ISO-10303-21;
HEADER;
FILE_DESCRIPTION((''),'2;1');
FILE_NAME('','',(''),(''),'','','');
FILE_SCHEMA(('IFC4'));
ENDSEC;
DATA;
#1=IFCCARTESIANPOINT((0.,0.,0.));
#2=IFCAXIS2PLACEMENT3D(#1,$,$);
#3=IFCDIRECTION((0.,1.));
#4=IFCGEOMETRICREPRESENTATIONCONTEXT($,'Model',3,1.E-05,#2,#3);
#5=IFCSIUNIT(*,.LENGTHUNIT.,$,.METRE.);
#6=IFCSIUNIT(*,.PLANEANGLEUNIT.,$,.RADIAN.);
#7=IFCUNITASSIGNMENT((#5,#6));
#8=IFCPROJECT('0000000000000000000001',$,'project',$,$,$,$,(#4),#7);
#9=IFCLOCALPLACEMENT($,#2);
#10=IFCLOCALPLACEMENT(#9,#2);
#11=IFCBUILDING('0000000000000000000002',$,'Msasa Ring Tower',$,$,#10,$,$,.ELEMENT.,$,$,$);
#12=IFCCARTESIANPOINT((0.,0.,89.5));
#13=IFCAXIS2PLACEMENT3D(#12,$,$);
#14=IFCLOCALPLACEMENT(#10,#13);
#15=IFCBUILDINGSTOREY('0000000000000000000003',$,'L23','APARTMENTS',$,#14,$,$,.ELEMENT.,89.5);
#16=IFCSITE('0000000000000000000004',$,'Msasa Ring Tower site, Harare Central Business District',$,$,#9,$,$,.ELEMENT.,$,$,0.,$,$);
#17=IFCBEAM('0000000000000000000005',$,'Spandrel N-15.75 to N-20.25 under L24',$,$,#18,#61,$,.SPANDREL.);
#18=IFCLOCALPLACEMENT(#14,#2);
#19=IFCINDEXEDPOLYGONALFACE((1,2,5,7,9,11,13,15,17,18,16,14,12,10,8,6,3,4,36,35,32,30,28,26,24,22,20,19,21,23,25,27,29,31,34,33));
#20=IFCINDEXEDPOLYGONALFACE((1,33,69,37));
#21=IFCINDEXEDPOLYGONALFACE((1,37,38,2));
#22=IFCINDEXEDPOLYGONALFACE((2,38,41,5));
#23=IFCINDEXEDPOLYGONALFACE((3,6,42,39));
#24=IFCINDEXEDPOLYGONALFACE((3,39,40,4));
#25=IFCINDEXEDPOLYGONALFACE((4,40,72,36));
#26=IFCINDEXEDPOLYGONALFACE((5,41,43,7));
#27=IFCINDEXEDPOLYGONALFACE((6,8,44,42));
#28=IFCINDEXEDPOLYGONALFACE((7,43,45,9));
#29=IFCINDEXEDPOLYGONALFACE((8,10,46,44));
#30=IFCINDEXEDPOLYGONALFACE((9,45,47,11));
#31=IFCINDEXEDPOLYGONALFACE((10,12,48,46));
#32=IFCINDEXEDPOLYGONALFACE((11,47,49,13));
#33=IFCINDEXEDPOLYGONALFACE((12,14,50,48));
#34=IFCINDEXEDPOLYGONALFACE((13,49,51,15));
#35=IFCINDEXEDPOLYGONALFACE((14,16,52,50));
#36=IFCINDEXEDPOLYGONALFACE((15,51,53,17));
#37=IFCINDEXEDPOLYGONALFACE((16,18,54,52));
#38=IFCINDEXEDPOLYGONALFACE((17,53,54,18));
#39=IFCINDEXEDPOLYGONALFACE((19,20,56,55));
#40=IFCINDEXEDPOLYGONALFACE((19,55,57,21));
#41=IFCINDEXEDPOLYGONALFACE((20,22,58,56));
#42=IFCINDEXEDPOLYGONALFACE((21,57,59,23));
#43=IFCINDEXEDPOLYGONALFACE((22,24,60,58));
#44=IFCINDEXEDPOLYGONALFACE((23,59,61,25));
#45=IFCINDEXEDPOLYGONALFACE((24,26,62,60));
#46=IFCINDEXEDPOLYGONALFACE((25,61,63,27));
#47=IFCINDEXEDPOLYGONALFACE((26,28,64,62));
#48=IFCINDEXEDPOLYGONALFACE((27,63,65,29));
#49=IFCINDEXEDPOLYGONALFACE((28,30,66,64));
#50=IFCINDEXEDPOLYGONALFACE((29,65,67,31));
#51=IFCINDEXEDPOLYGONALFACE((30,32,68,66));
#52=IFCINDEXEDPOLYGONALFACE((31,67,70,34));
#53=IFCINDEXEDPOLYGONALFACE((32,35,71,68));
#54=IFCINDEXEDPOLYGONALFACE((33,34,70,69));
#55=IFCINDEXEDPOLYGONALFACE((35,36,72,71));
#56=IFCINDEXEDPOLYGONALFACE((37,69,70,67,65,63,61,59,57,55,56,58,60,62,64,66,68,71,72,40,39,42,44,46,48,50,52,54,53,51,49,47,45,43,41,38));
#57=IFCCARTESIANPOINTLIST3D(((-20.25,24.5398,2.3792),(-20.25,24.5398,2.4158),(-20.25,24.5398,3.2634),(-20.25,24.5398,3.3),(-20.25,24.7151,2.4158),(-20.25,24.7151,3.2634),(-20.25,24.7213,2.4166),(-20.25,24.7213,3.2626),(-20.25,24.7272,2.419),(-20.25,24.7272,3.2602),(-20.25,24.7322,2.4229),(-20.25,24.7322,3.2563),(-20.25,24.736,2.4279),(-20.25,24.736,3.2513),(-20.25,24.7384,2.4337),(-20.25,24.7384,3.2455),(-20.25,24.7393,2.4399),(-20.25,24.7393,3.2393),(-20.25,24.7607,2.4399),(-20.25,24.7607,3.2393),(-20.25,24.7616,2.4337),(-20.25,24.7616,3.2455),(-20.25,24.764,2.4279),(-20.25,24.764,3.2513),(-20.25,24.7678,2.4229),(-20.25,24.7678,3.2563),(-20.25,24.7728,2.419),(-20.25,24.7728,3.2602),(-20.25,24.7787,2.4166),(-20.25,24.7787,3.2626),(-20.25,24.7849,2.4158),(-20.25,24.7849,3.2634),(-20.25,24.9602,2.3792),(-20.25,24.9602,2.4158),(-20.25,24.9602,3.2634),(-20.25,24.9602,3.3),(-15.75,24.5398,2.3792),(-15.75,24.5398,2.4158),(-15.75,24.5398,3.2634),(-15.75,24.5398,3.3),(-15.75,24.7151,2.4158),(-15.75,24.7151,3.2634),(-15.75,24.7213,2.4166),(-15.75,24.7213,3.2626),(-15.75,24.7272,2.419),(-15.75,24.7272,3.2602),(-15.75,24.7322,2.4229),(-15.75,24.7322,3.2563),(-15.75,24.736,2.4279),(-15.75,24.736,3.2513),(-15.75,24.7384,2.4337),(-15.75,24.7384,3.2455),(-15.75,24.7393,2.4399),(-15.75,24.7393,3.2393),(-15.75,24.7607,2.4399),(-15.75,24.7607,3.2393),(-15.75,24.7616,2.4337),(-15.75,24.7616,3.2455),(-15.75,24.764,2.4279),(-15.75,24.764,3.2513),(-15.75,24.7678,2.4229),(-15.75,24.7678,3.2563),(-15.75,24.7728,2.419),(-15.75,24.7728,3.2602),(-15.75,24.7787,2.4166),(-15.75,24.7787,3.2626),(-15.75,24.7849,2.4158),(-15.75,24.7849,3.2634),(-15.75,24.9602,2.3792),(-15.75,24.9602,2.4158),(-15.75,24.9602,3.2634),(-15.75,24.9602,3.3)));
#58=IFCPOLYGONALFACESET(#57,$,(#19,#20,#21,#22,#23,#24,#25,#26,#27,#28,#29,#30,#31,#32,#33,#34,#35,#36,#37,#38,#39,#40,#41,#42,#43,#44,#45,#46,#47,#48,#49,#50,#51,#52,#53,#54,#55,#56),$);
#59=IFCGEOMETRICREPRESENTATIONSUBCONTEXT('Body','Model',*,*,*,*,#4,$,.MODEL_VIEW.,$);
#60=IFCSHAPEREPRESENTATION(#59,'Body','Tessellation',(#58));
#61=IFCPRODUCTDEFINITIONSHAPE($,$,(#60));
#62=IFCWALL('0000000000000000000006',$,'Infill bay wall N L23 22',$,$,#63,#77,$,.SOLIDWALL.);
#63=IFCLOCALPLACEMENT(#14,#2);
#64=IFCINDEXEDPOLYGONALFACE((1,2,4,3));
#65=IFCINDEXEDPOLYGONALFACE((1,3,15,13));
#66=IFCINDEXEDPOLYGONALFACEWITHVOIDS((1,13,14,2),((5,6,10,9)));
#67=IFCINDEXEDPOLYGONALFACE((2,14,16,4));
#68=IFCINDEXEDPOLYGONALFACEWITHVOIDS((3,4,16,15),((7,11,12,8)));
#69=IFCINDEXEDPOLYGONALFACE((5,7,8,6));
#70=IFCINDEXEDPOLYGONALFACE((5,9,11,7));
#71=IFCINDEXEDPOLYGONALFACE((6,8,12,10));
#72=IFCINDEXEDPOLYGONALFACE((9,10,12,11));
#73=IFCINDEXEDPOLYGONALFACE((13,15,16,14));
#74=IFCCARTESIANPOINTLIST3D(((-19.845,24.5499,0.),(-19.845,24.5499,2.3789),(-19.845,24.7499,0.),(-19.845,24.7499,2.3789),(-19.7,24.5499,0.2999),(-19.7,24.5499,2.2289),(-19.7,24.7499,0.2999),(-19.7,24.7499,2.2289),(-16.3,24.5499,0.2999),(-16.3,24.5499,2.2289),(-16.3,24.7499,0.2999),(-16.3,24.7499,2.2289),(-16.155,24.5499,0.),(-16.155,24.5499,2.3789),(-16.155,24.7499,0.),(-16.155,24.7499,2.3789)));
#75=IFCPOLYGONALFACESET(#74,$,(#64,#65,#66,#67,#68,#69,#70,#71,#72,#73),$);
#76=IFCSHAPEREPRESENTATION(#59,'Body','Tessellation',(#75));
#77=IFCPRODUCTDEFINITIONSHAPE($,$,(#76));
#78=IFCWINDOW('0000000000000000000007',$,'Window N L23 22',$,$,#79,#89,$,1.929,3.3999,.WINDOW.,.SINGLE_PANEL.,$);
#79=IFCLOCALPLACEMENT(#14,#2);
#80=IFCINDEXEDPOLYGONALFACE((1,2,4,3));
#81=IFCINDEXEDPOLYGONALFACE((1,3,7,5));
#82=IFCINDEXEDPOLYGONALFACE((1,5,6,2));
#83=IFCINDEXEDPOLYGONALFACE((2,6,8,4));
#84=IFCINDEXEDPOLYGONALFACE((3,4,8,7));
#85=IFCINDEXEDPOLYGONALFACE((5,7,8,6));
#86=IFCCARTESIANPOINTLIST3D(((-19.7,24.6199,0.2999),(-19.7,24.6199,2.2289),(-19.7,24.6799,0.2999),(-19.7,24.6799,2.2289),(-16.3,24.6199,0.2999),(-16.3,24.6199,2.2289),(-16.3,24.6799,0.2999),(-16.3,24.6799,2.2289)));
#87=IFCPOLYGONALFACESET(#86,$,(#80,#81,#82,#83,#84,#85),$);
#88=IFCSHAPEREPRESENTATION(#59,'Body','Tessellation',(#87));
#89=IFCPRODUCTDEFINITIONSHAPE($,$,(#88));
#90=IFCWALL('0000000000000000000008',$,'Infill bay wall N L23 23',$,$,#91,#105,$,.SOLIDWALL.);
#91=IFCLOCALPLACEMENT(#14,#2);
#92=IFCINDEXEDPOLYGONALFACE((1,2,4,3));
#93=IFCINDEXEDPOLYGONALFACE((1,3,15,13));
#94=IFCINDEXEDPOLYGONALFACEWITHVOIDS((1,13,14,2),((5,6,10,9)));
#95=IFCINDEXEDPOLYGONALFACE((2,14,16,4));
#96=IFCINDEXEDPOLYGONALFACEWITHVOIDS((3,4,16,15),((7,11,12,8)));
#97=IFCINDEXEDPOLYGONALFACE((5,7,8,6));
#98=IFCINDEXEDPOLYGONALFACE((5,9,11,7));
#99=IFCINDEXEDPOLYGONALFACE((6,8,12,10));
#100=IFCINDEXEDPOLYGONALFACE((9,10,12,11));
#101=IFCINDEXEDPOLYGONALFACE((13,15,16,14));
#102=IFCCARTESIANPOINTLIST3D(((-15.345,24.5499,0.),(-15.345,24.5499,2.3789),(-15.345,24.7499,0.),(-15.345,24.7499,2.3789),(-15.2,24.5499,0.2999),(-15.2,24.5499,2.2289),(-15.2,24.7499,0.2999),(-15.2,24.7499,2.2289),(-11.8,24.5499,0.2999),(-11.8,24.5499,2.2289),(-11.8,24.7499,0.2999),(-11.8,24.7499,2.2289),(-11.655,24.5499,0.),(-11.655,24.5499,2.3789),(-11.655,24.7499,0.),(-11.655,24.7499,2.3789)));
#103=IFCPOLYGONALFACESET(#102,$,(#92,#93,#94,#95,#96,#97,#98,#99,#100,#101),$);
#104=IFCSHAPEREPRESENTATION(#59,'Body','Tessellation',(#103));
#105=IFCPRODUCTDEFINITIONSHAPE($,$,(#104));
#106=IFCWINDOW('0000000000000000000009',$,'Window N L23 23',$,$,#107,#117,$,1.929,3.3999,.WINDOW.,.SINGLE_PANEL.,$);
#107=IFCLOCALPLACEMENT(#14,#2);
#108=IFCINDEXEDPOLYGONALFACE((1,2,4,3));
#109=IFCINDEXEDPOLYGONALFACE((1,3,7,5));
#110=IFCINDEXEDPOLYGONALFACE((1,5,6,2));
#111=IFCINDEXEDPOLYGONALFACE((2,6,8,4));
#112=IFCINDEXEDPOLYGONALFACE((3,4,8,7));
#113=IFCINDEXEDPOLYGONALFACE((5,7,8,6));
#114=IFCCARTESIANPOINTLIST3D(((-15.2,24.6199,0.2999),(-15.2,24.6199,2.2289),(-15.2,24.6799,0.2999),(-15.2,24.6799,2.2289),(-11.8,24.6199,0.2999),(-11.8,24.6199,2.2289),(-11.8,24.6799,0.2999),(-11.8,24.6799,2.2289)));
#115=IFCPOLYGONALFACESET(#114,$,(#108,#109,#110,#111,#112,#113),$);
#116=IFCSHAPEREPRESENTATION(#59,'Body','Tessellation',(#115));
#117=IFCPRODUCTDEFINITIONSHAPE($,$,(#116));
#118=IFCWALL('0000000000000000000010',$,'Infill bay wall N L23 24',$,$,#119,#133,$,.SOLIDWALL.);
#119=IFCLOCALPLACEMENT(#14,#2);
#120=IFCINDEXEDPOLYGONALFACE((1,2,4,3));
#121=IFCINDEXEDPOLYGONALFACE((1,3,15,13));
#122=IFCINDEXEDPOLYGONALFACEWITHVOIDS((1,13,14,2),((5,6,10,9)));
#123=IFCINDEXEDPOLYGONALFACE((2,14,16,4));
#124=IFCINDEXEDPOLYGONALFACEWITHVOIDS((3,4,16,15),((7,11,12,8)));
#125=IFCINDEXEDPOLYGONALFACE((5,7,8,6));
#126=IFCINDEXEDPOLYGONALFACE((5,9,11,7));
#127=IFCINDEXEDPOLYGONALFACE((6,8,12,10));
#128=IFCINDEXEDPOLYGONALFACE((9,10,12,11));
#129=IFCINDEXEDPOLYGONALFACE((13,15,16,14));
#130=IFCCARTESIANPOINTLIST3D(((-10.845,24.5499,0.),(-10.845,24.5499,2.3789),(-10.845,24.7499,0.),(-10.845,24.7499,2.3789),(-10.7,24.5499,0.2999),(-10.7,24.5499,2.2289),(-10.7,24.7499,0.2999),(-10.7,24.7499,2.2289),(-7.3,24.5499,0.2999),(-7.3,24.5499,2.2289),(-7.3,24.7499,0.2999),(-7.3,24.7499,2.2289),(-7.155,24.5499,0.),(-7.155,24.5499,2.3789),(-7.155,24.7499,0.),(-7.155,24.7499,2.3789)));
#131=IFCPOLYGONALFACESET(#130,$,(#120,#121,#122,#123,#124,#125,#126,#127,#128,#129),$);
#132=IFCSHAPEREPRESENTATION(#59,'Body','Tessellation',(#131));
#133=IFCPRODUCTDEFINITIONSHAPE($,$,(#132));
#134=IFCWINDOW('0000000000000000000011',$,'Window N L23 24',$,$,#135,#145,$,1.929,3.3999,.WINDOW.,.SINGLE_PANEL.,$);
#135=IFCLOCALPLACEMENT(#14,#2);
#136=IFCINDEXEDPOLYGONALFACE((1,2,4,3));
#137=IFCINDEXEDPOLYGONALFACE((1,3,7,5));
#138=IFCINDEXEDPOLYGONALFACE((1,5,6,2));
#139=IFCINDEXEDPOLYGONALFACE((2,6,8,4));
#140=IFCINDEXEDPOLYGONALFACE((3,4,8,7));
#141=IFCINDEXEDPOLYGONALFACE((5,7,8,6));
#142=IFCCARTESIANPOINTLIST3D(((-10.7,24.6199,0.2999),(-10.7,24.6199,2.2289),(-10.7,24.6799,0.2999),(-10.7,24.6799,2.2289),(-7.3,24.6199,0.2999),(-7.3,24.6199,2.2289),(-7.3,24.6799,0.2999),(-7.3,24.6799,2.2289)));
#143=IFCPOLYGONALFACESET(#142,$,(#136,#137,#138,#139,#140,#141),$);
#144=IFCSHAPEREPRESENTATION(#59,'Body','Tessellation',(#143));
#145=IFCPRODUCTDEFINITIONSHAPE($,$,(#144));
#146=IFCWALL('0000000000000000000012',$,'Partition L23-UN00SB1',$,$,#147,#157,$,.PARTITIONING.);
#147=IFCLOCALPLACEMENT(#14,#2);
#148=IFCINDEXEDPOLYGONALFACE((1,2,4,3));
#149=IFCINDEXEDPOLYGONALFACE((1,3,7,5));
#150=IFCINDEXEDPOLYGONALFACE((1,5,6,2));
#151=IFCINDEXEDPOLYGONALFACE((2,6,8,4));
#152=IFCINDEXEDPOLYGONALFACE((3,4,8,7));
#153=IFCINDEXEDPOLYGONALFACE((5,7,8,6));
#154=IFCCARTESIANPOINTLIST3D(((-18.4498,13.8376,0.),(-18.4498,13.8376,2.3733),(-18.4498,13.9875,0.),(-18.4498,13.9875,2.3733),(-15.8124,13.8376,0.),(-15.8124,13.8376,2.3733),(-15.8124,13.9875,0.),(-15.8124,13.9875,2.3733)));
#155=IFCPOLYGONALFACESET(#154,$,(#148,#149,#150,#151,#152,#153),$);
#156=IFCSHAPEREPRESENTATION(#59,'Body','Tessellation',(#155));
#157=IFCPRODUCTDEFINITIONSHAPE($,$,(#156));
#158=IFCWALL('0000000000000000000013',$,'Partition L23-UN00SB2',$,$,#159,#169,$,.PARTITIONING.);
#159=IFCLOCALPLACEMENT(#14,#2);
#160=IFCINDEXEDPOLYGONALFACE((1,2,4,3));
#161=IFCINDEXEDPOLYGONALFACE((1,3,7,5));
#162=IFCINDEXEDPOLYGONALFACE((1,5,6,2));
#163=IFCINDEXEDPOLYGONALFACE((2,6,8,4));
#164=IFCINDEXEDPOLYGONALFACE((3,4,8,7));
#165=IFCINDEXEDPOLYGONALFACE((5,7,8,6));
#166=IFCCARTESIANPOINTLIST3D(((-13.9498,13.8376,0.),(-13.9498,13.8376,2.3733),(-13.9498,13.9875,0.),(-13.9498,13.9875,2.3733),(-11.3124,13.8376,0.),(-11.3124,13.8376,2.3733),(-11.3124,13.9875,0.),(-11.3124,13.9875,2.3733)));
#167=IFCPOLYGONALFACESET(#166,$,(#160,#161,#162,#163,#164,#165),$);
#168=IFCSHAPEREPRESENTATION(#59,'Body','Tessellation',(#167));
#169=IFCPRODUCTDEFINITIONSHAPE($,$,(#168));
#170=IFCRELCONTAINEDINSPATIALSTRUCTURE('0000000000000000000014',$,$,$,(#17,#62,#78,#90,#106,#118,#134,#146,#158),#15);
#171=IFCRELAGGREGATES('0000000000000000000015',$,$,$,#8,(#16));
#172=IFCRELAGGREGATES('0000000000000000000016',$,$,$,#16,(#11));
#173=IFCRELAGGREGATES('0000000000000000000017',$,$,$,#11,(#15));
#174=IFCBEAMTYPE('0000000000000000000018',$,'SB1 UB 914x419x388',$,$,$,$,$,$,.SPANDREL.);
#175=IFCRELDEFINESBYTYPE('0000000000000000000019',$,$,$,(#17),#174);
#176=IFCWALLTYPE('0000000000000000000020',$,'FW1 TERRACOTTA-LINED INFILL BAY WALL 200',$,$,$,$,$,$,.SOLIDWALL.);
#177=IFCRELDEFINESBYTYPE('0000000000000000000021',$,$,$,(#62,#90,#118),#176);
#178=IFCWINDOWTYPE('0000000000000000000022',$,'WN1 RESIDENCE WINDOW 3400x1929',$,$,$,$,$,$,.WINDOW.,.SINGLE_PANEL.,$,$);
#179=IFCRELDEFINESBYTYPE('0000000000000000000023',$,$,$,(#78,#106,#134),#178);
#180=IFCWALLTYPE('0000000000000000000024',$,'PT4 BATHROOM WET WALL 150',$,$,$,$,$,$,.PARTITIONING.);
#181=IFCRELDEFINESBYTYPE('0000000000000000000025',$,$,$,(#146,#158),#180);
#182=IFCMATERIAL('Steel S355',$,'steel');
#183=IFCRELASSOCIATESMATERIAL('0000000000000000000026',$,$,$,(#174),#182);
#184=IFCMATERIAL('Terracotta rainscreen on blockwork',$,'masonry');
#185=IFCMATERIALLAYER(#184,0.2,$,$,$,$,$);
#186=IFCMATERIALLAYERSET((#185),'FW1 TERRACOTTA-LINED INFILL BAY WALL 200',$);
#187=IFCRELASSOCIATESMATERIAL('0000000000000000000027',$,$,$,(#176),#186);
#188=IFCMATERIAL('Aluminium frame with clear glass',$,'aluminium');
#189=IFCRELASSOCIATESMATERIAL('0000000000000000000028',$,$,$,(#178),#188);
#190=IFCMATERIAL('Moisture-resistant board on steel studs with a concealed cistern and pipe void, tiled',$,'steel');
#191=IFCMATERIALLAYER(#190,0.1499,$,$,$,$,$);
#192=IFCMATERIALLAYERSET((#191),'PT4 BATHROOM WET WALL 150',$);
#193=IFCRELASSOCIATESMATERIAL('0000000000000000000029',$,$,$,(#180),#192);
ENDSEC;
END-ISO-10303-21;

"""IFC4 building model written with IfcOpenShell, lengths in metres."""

from ifc_helpers import new_model, si_unit, direction, frame, frame_2d, origin, origin_2d, place, context, subcontext, project, spatial, rectangle, i_section, extrude, material, layer, layer_set, material_profile, profile_set, type_object, element, fill, save


model = new_model("IFC4")

# Units and contexts
model_context = context("Model", 3, precision=1e-05, world=origin(), true_north=direction((0.0, 1.0)))
body_context = subcontext(model_context, "Body", "Model", "MODEL_VIEW")
ifc_project = project(units=[si_unit("LENGTHUNIT", "METRE"), si_unit("PLANEANGLEUNIT", "RADIAN")], contexts=[model_context])

# Site, building, storey
site_placement = place(None, origin())
site = spatial("IfcSite", under=ifc_project, at=site_placement, Name="Msasa Ring Tower site, Harare Central Business District", CompositionType="ELEMENT", RefElevation=0.0)
building_placement = place(site_placement, origin())
building = spatial("IfcBuilding", under=site, at=building_placement, Name="Msasa Ring Tower", CompositionType="ELEMENT")
storey_placement = place(building_placement, frame((0.0, 0.0, 89.5)))
storey = spatial("IfcBuildingStorey", under=building, at=storey_placement, Name="L23", Description="APARTMENTS", CompositionType="ELEMENT", Elevation=89.5)

# Beam
ifc_material_1 = material(Name="Steel S355", Category="steel")
ifc_material_profile_1 = material_profile(ifc_material_1, i_section(OverallWidth=0.4204, OverallDepth=0.9209, WebThickness=0.0215, FlangeThickness=0.0366, FilletRadius=0.0242, at=origin_2d()), Name="UB 914x419x388")
ifc_profile_set_1 = profile_set([ifc_material_profile_1], Name="Steel S355")
beam_type_1 = type_object("IfcBeamType", Name="SB1 UB 914x419x388", PredefinedType="SPANDREL", material=ifc_profile_set_1)
for number, where, z_axis, x_axis, name in (
    (1, (-15.75, 24.75, 2.8396), (-1.0, 0.0, 0.0), (0.0, -1.0, 0.0), "Spandrel N-15.75 to N-20.25 under L24"),
):
    element("IfcBeam", number, at=place(storey_placement, frame(where, z_axis=z_axis, x_axis=x_axis)), inside=storey, type_object=beam_type_1, Name=name, PredefinedType="SPANDREL", context=body_context, shape_type="SweptSolid", body=[
        extrude(i_section(OverallWidth=0.4204, OverallDepth=0.9209, WebThickness=0.0215, FlangeThickness=0.0366, FilletRadius=0.0242, at=origin_2d()), origin(), (0.0, 0.0, 1.0), 4.5),
    ])

# Walls, openings, windows
ifc_material_2 = material(Name="Terracotta rainscreen on blockwork", Category="masonry")
ifc_layer_1 = layer(ifc_material_2, 0.2)
ifc_layer_set_1 = layer_set([ifc_layer_1], Name="FW1 TERRACOTTA-LINED INFILL BAY WALL 200")
wall_type_1 = type_object("IfcWallType", Name="FW1 TERRACOTTA-LINED INFILL BAY WALL 200", PredefinedType="SOLIDWALL", material=ifc_layer_set_1)
wall_1_placement = place(storey_placement, frame((-19.845, 24.6499, 0.0), z_axis=(0.0, 0.0, 1.0), x_axis=(1.0, 0.0, 0.0)))
wall_1 = element("IfcWall", 2, at=wall_1_placement, inside=storey, type_object=wall_type_1, Name="Infill bay wall N L23 22", PredefinedType="SOLIDWALL", context=body_context, shape_type="SweptSolid", body=[
    extrude(rectangle(XDim=3.6899, YDim=0.2, at=frame_2d((1.845, 0.0))), origin(), (0.0, 0.0, 1.0), 2.3789),
])
opening_1_placement = place(wall_1_placement, frame((0.145, 0.0, 0.3)))
opening_1 = element("IfcOpeningElement", 3, at=opening_1_placement, cuts=wall_1, PredefinedType="OPENING", context=body_context, shape_type="SweptSolid", body=[
    extrude(rectangle(XDim=3.3999, YDim=1.929, at=frame_2d((1.7, 0.9644))), frame((0.0, 0.1099, 0.0), z_axis=(0.0, -1.0, 0.0), x_axis=(1.0, 0.0, 0.0)), (0.0, 0.0, 1.0), 0.22),
])
ifc_material_3 = material(Name="Aluminium frame with clear glass", Category="aluminium")
window_type = type_object("IfcWindowType", Name="WN1 RESIDENCE WINDOW 3400x1929", PartitioningType="SINGLE_PANEL", PredefinedType="WINDOW", material=ifc_material_3)
window_1_placement = place(opening_1_placement, origin())
window_1 = element("IfcWindow", 4, at=window_1_placement, inside=storey, type_object=window_type, Name="Window N L23 22", OverallHeight=1.929, OverallWidth=3.3999, PartitioningType="SINGLE_PANEL", PredefinedType="WINDOW", context=body_context, shape_type="SweptSolid", body=[
    extrude(rectangle(XDim=3.3999, YDim=1.929, at=frame_2d((1.7, 0.9644))), frame((0.0, 0.03, 0.0), z_axis=(0.0, -1.0, 0.0), x_axis=(1.0, 0.0, 0.0)), (0.0, 0.0, 1.0), 0.0601),
])
fill(opening_1, window_1)
wall_2_placement = place(storey_placement, frame((-15.345, 24.6499, 0.0), z_axis=(0.0, 0.0, 1.0), x_axis=(1.0, 0.0, 0.0)))
wall_2 = element("IfcWall", 5, at=wall_2_placement, inside=storey, type_object=wall_type_1, Name="Infill bay wall N L23 23", PredefinedType="SOLIDWALL", context=body_context, shape_type="SweptSolid", body=[
    extrude(rectangle(XDim=3.6899, YDim=0.2, at=frame_2d((1.845, 0.0))), origin(), (0.0, 0.0, 1.0), 2.3789),
])
opening_2_placement = place(wall_2_placement, frame((0.145, 0.0, 0.3)))
opening_2 = element("IfcOpeningElement", 6, at=opening_2_placement, cuts=wall_2, PredefinedType="OPENING", context=body_context, shape_type="SweptSolid", body=[
    extrude(rectangle(XDim=3.3999, YDim=1.929, at=frame_2d((1.7, 0.9644))), frame((0.0, 0.1099, 0.0), z_axis=(0.0, -1.0, 0.0), x_axis=(1.0, 0.0, 0.0)), (0.0, 0.0, 1.0), 0.22),
])
window_2_placement = place(opening_2_placement, origin())
window_2 = element("IfcWindow", 7, at=window_2_placement, inside=storey, type_object=window_type, Name="Window N L23 23", OverallHeight=1.929, OverallWidth=3.3999, PartitioningType="SINGLE_PANEL", PredefinedType="WINDOW", context=body_context, shape_type="SweptSolid", body=[
    extrude(rectangle(XDim=3.3999, YDim=1.929, at=frame_2d((1.7, 0.9644))), frame((0.0, 0.03, 0.0), z_axis=(0.0, -1.0, 0.0), x_axis=(1.0, 0.0, 0.0)), (0.0, 0.0, 1.0), 0.0601),
])
fill(opening_2, window_2)
wall_3_placement = place(storey_placement, frame((-10.845, 24.6499, 0.0), z_axis=(0.0, 0.0, 1.0), x_axis=(1.0, 0.0, 0.0)))
wall_3 = element("IfcWall", 8, at=wall_3_placement, inside=storey, type_object=wall_type_1, Name="Infill bay wall N L23 24", PredefinedType="SOLIDWALL", context=body_context, shape_type="SweptSolid", body=[
    extrude(rectangle(XDim=3.6899, YDim=0.2, at=frame_2d((1.845, 0.0))), origin(), (0.0, 0.0, 1.0), 2.3789),
])
opening_3_placement = place(wall_3_placement, frame((0.145, 0.0, 0.3)))
opening_3 = element("IfcOpeningElement", 9, at=opening_3_placement, cuts=wall_3, PredefinedType="OPENING", context=body_context, shape_type="SweptSolid", body=[
    extrude(rectangle(XDim=3.3999, YDim=1.929, at=frame_2d((1.7, 0.9644))), frame((0.0, 0.1099, 0.0), z_axis=(0.0, -1.0, 0.0), x_axis=(1.0, 0.0, 0.0)), (0.0, 0.0, 1.0), 0.22),
])
window_3_placement = place(opening_3_placement, origin())
window_3 = element("IfcWindow", 10, at=window_3_placement, inside=storey, type_object=window_type, Name="Window N L23 24", OverallHeight=1.929, OverallWidth=3.3999, PartitioningType="SINGLE_PANEL", PredefinedType="WINDOW", context=body_context, shape_type="SweptSolid", body=[
    extrude(rectangle(XDim=3.3999, YDim=1.929, at=frame_2d((1.7, 0.9644))), frame((0.0, 0.03, 0.0), z_axis=(0.0, -1.0, 0.0), x_axis=(1.0, 0.0, 0.0)), (0.0, 0.0, 1.0), 0.0601),
])
fill(opening_3, window_3)

# Walls
ifc_material_4 = material(Name="Moisture-resistant board on steel studs with a concealed cistern and pipe void, tiled", Category="steel")
ifc_layer_2 = layer(ifc_material_4, 0.1499)
ifc_layer_set_2 = layer_set([ifc_layer_2], Name="PT4 BATHROOM WET WALL 150")
wall_type_2 = type_object("IfcWallType", Name="PT4 BATHROOM WET WALL 150", PredefinedType="PARTITIONING", material=ifc_layer_set_2)
for number, where, z_axis, x_axis, name in (
    (11, (-18.45, 13.9126, 0.0), (0.0, 0.0, 1.0), (1.0, 0.0, 0.0), "Partition L23-UN00SB1"),
    (12, (-13.95, 13.9126, 0.0), (0.0, 0.0, 1.0), (1.0, 0.0, 0.0), "Partition L23-UN00SB2"),
):
    element("IfcWall", number, at=place(storey_placement, frame(where, z_axis=z_axis, x_axis=x_axis)), inside=storey, type_object=wall_type_2, Name=name, PredefinedType="PARTITIONING", context=body_context, shape_type="SweptSolid", body=[
        extrude(rectangle(XDim=2.6375, YDim=0.1499, at=frame_2d((1.3188, 0.0))), origin(), (0.0, 0.0, 1.0), 2.3733),
    ])

save(model, "model.ifc")
